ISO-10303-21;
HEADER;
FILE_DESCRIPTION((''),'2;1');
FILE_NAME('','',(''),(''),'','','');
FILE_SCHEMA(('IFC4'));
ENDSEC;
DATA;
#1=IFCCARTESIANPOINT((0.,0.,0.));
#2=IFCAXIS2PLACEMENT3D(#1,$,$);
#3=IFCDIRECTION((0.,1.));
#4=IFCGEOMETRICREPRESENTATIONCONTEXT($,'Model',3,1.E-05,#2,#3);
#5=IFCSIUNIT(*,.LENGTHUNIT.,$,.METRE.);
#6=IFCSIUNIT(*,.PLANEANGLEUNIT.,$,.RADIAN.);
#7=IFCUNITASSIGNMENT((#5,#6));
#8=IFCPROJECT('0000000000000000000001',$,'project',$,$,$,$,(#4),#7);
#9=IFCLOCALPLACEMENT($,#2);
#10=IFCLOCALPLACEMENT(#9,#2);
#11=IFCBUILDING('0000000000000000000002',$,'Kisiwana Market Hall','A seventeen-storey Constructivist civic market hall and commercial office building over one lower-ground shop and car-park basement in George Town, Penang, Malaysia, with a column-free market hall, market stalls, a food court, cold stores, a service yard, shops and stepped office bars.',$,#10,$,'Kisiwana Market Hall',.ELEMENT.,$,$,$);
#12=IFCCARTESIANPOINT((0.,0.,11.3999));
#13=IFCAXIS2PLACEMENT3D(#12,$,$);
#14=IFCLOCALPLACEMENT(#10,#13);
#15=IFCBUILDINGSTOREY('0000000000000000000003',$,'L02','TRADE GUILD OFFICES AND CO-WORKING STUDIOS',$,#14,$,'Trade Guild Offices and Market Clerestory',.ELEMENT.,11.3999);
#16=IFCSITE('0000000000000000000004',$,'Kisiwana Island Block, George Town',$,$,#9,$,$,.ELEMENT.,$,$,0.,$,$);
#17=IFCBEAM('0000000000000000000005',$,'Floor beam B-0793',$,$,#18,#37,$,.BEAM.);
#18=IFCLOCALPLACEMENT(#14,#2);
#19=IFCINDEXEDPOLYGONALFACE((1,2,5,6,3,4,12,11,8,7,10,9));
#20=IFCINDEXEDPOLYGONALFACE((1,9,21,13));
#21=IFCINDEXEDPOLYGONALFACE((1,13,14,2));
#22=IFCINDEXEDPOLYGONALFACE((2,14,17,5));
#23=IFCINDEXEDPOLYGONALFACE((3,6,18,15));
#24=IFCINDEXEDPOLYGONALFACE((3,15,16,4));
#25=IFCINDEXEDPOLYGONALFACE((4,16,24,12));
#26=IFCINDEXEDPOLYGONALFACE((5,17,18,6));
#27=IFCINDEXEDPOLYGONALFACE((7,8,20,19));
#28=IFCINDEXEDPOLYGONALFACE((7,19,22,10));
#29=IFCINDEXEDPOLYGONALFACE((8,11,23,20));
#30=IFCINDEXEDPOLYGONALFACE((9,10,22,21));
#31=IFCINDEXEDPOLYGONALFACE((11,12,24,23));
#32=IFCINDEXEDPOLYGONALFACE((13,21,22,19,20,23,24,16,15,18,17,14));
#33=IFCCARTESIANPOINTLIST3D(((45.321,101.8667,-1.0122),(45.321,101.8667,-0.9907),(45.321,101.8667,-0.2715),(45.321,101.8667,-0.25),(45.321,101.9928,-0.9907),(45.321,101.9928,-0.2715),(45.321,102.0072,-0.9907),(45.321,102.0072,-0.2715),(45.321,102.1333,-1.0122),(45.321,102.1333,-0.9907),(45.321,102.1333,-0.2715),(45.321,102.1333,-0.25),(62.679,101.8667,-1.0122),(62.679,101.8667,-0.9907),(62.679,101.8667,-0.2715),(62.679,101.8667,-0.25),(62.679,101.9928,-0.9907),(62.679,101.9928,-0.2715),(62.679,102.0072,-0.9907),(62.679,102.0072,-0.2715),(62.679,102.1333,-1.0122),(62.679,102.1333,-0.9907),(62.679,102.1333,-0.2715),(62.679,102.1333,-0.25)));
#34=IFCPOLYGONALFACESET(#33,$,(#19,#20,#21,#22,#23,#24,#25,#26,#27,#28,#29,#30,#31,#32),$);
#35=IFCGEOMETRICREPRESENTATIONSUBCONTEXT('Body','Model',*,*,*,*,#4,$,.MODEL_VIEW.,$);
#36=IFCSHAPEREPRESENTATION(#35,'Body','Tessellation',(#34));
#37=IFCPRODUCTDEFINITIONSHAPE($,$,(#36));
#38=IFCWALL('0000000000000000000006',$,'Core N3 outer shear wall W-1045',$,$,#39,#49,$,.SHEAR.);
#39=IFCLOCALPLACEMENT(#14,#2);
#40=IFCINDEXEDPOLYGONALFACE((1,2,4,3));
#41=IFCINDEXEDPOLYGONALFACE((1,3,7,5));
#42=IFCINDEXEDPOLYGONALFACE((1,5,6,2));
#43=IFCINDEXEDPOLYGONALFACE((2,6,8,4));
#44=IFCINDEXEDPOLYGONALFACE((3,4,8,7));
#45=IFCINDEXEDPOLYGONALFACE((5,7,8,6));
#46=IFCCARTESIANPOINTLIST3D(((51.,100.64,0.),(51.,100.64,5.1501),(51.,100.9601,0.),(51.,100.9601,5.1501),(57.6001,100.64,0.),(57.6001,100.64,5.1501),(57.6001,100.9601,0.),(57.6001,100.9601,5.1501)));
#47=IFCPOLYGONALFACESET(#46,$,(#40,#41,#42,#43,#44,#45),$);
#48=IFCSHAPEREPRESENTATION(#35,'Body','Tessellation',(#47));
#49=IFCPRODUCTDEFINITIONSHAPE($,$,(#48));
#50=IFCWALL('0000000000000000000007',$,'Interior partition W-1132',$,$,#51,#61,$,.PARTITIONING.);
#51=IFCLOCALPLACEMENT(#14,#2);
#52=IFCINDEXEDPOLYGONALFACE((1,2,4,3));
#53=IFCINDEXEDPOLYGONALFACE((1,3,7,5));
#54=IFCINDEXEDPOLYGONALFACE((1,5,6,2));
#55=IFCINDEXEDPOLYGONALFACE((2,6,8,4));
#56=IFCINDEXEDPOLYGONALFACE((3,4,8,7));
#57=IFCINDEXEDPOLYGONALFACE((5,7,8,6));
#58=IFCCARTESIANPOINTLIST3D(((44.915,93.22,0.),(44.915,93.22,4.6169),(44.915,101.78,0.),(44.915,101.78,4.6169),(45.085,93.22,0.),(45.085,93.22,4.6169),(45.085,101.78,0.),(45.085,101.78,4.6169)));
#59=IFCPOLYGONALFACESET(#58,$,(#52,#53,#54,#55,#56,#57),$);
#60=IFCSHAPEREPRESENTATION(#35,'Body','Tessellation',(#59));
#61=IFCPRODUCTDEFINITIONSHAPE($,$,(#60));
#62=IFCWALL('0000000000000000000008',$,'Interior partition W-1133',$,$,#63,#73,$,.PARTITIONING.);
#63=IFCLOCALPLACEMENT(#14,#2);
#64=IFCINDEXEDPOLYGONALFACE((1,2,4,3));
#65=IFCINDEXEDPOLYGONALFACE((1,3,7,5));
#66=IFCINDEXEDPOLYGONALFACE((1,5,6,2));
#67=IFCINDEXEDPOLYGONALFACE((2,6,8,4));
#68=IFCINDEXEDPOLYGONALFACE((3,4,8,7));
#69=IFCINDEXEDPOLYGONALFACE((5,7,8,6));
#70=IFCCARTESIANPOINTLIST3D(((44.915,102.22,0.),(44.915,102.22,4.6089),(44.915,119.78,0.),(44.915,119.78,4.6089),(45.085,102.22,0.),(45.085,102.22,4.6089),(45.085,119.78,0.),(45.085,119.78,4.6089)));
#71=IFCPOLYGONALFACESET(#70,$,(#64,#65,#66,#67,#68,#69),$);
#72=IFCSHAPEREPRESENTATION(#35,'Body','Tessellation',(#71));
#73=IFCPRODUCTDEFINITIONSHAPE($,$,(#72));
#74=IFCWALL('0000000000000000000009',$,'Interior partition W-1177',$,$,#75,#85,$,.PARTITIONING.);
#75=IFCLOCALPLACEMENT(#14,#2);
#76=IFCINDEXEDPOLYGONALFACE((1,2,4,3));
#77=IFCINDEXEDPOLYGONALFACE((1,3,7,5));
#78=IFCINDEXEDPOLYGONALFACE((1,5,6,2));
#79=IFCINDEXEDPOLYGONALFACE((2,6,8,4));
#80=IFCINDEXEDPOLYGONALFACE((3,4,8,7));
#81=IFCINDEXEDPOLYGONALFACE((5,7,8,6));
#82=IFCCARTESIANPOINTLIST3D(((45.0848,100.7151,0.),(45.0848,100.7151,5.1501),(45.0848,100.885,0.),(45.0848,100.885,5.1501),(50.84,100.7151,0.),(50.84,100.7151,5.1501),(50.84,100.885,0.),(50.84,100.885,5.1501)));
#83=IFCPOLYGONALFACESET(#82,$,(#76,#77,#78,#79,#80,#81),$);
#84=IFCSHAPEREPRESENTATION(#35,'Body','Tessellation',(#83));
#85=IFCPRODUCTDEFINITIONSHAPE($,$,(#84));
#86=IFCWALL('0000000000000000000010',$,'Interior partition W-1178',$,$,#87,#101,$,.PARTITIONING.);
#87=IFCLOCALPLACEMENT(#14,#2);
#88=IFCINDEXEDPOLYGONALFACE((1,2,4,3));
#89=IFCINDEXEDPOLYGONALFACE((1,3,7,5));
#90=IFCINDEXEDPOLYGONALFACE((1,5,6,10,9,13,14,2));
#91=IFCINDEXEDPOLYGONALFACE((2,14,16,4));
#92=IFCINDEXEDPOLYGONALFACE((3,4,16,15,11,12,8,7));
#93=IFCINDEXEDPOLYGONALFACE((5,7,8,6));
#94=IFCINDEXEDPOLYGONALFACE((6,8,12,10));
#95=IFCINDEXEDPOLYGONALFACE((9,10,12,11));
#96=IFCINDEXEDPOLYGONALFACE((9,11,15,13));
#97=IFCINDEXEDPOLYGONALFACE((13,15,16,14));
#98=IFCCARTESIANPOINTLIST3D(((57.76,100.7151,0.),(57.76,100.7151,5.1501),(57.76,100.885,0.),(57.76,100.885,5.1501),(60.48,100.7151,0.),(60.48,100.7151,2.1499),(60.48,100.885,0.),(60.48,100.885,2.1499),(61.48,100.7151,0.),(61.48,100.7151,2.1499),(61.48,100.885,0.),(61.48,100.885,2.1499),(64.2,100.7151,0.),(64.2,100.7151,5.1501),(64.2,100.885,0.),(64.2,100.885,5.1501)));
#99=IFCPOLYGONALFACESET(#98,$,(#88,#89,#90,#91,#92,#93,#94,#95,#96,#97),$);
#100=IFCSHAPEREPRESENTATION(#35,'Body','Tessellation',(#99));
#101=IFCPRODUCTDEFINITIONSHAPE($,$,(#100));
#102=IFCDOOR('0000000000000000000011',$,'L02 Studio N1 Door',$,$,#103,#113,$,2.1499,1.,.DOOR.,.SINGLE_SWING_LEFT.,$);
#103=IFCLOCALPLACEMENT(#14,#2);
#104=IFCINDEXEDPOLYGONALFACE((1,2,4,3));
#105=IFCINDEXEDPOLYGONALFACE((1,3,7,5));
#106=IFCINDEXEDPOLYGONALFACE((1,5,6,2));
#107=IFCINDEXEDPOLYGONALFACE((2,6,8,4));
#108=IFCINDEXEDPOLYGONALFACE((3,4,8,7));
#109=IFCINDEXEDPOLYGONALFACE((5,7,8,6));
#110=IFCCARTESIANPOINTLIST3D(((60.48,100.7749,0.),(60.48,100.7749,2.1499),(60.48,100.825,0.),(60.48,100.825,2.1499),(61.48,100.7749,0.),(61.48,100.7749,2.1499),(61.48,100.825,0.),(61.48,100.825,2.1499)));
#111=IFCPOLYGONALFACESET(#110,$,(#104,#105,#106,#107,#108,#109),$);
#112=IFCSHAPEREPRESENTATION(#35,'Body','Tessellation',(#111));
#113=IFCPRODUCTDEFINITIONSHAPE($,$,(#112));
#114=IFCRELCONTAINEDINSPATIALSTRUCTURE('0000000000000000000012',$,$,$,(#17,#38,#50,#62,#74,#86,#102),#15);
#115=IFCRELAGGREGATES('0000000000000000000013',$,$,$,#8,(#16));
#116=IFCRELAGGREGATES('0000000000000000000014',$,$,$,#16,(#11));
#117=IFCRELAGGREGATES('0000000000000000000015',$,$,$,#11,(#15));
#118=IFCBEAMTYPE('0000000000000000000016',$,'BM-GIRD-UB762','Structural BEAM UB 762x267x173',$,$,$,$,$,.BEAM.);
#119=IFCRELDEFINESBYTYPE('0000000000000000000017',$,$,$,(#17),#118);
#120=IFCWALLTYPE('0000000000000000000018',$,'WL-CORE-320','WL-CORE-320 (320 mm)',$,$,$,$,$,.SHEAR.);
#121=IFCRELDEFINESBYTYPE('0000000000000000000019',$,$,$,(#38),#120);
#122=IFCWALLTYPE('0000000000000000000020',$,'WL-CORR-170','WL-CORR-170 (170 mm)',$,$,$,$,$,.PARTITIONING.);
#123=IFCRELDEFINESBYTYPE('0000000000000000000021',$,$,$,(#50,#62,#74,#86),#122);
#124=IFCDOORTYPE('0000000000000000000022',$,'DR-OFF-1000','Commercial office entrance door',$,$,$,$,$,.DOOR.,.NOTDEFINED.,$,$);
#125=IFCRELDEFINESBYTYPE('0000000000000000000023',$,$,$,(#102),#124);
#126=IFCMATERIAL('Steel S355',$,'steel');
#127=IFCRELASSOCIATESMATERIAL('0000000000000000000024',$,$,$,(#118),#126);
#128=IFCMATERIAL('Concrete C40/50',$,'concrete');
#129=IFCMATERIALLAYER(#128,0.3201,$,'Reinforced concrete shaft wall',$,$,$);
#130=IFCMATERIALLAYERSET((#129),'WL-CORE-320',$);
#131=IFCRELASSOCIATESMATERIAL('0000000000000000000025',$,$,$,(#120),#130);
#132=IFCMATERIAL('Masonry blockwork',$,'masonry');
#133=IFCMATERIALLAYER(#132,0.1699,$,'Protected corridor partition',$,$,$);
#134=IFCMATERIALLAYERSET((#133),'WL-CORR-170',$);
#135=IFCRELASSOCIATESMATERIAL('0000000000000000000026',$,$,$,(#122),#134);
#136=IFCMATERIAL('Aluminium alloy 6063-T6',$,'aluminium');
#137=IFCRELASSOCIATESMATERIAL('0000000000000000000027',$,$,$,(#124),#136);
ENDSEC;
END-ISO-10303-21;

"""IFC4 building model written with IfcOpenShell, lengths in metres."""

from ifc_helpers import new_model, si_unit, direction, frame, frame_2d, origin, origin_2d, place, context, subcontext, project, spatial, rectangle, i_section, extrude, material, layer, layer_set, material_profile, profile_set, type_object, element, fill, save


model = new_model("IFC4")

# Units and contexts
model_context = context("Model", 3, precision=1e-05, world=origin(), true_north=direction((0.0, 1.0)))
body_context = subcontext(model_context, "Body", "Model", "MODEL_VIEW")
ifc_project = project(units=[si_unit("LENGTHUNIT", "METRE"), si_unit("PLANEANGLEUNIT", "RADIAN")], contexts=[model_context])

# Site, building, storey
site_placement = place(None, origin())
site = spatial("IfcSite", under=ifc_project, at=site_placement, Name="Kisiwana Island Block, George Town", CompositionType="ELEMENT", RefElevation=0.0)
building_placement = place(site_placement, origin())
building = spatial("IfcBuilding", under=site, at=building_placement, Name="Kisiwana Market Hall", Description="A seventeen-storey Constructivist civic market hall and commercial office building over one lower-ground shop and car-park basement in George Town, Penang, Malaysia, with a column-free market hall, market stalls, a food court, cold stores, a service yard, shops and stepped office bars.", LongName="Kisiwana Market Hall", CompositionType="ELEMENT")
storey_placement = place(building_placement, frame((0.0, 0.0, 11.3999)))
storey = spatial("IfcBuildingStorey", under=building, at=storey_placement, Name="L02", Description="TRADE GUILD OFFICES AND CO-WORKING STUDIOS", LongName="Trade Guild Offices and Market Clerestory", CompositionType="ELEMENT", Elevation=11.3999)

# Beam
ifc_material_1 = material(Name="Steel S355", Category="steel")
ifc_material_profile_1 = material_profile(ifc_material_1, i_section(OverallWidth=0.2666, OverallDepth=0.7622, WebThickness=0.0144, FlangeThickness=0.0215, at=origin_2d()), Name="UB 762x267x173")
ifc_profile_set_1 = profile_set([ifc_material_profile_1], Name="Steel S355")
beam_type_1 = type_object("IfcBeamType", Name="BM-GIRD-UB762", Description="Structural BEAM UB 762x267x173", PredefinedType="BEAM", material=ifc_profile_set_1)
beam_1_placement = place(storey_placement, frame((45.321, 102.0, -0.6311), z_axis=(1.0, 0.0, 0.0), x_axis=(0.0, 1.0, 0.0)))
element("IfcBeam", 1, at=beam_1_placement, inside=storey, type_object=beam_type_1, Name="Floor beam B-0793", PredefinedType="BEAM", context=body_context, shape_type="SweptSolid", body=[
    extrude(i_section(OverallWidth=0.2666, OverallDepth=0.7622, WebThickness=0.0144, FlangeThickness=0.0215, at=origin_2d()), origin(), (0.0, 0.0, 1.0), 17.3579),
])

# Walls
ifc_material_2 = material(Name="Concrete C40/50", Category="concrete")
ifc_layer_1 = layer(ifc_material_2, 0.3201, Name="Reinforced concrete shaft wall")
ifc_layer_set_1 = layer_set([ifc_layer_1], Name="WL-CORE-320")
wall_type_1 = type_object("IfcWallType", Name="WL-CORE-320", Description="WL-CORE-320 (320 mm)", PredefinedType="SHEAR", material=ifc_layer_set_1)
wall_1_placement = place(storey_placement, frame((51.0, 100.8, 0.0), z_axis=(0.0, 0.0, 1.0), x_axis=(1.0, 0.0, 0.0)))
element("IfcWall", 2, at=wall_1_placement, inside=storey, type_object=wall_type_1, Name="Core N3 outer shear wall W-1045", PredefinedType="SHEAR", context=body_context, shape_type="SweptSolid", body=[
    extrude(rectangle(XDim=6.6001, YDim=0.3201, at=frame_2d((3.3, 0.0))), origin(), (0.0, 0.0, 1.0), 5.1501),
])
ifc_material_3 = material(Name="Masonry blockwork", Category="masonry")
ifc_layer_2 = layer(ifc_material_3, 0.1699, Name="Protected corridor partition")
ifc_layer_set_2 = layer_set([ifc_layer_2], Name="WL-CORR-170")
wall_type_2 = type_object("IfcWallType", Name="WL-CORR-170", Description="WL-CORR-170 (170 mm)", PredefinedType="PARTITIONING", material=ifc_layer_set_2)
wall_2_placement = place(storey_placement, frame((45.0, 93.22, 0.0), z_axis=(0.0, 0.0, 1.0), x_axis=(0.0, 1.0, 0.0)))
element("IfcWall", 3, at=wall_2_placement, inside=storey, type_object=wall_type_2, Name="Interior partition W-1132", PredefinedType="PARTITIONING", context=body_context, shape_type="SweptSolid", body=[
    extrude(rectangle(XDim=8.5601, YDim=0.1699, at=frame_2d((4.28, 0.0))), origin(), (0.0, 0.0, 1.0), 4.6169),
])
wall_3_placement = place(storey_placement, frame((45.0, 102.22, 0.0), z_axis=(0.0, 0.0, 1.0), x_axis=(0.0, 1.0, 0.0)))
element("IfcWall", 4, at=wall_3_placement, inside=storey, type_object=wall_type_2, Name="Interior partition W-1133", PredefinedType="PARTITIONING", context=body_context, shape_type="SweptSolid", body=[
    extrude(rectangle(XDim=17.5601, YDim=0.1699, at=frame_2d((8.78, 0.0))), origin(), (0.0, 0.0, 1.0), 4.6089),
])
wall_4_placement = place(storey_placement, frame((45.085, 100.8, 0.0), z_axis=(0.0, 0.0, 1.0), x_axis=(1.0, 0.0, 0.0)))
element("IfcWall", 5, at=wall_4_placement, inside=storey, type_object=wall_type_2, Name="Interior partition W-1177", PredefinedType="PARTITIONING", context=body_context, shape_type="SweptSolid", body=[
    extrude(rectangle(XDim=5.7551, YDim=0.1699, at=frame_2d((2.8774, 0.0))), origin(), (0.0, 0.0, 1.0), 5.1501),
])

# Wall, opening, door
wall_5_placement = place(storey_placement, frame((57.76, 100.8, 0.0), z_axis=(0.0, 0.0, 1.0), x_axis=(1.0, 0.0, 0.0)))
wall_5 = element("IfcWall", 6, at=wall_5_placement, inside=storey, type_object=wall_type_2, Name="Interior partition W-1178", PredefinedType="PARTITIONING", context=body_context, shape_type="SweptSolid", body=[
    extrude(rectangle(XDim=6.4399, YDim=0.1699, at=frame_2d((3.22, 0.0))), origin(), (0.0, 0.0, 1.0), 5.1501),
])
opening_placement = place(wall_5_placement, frame((2.72, 0.0, 0.0)))
opening = element("IfcOpeningElement", 7, at=opening_placement, cuts=wall_5, PredefinedType="OPENING", context=body_context, shape_type="SweptSolid", body=[
    extrude(rectangle(XDim=1.0, YDim=2.1499, at=frame_2d((0.5, 1.075))), frame((0.0, 0.0969, 0.0), z_axis=(0.0, -1.0, 0.0), x_axis=(1.0, 0.0, 0.0)), (0.0, 0.0, 1.0), 0.1938),
])
ifc_material_4 = material(Name="Aluminium alloy 6063-T6", Category="aluminium")
door_type = type_object("IfcDoorType", Name="DR-OFF-1000", Description="Commercial office entrance door", OperationType="NOTDEFINED", PredefinedType="DOOR", material=ifc_material_4)
door_placement = place(opening_placement, origin())
door = element("IfcDoor", 8, at=door_placement, inside=storey, type_object=door_type, Name="L02 Studio N1 Door", OperationType="SINGLE_SWING_LEFT", OverallHeight=2.1499, OverallWidth=1.0, PredefinedType="DOOR", context=body_context, shape_type="SweptSolid", body=[
    extrude(rectangle(XDim=1.0, YDim=2.1499, at=frame_2d((0.5, 1.075))), frame((0.0, 0.0249, 0.0), z_axis=(0.0, -1.0, 0.0), x_axis=(1.0, 0.0, 0.0)), (0.0, 0.0, 1.0), 0.05),
])
fill(opening, door)

save(model, "model.ifc")
